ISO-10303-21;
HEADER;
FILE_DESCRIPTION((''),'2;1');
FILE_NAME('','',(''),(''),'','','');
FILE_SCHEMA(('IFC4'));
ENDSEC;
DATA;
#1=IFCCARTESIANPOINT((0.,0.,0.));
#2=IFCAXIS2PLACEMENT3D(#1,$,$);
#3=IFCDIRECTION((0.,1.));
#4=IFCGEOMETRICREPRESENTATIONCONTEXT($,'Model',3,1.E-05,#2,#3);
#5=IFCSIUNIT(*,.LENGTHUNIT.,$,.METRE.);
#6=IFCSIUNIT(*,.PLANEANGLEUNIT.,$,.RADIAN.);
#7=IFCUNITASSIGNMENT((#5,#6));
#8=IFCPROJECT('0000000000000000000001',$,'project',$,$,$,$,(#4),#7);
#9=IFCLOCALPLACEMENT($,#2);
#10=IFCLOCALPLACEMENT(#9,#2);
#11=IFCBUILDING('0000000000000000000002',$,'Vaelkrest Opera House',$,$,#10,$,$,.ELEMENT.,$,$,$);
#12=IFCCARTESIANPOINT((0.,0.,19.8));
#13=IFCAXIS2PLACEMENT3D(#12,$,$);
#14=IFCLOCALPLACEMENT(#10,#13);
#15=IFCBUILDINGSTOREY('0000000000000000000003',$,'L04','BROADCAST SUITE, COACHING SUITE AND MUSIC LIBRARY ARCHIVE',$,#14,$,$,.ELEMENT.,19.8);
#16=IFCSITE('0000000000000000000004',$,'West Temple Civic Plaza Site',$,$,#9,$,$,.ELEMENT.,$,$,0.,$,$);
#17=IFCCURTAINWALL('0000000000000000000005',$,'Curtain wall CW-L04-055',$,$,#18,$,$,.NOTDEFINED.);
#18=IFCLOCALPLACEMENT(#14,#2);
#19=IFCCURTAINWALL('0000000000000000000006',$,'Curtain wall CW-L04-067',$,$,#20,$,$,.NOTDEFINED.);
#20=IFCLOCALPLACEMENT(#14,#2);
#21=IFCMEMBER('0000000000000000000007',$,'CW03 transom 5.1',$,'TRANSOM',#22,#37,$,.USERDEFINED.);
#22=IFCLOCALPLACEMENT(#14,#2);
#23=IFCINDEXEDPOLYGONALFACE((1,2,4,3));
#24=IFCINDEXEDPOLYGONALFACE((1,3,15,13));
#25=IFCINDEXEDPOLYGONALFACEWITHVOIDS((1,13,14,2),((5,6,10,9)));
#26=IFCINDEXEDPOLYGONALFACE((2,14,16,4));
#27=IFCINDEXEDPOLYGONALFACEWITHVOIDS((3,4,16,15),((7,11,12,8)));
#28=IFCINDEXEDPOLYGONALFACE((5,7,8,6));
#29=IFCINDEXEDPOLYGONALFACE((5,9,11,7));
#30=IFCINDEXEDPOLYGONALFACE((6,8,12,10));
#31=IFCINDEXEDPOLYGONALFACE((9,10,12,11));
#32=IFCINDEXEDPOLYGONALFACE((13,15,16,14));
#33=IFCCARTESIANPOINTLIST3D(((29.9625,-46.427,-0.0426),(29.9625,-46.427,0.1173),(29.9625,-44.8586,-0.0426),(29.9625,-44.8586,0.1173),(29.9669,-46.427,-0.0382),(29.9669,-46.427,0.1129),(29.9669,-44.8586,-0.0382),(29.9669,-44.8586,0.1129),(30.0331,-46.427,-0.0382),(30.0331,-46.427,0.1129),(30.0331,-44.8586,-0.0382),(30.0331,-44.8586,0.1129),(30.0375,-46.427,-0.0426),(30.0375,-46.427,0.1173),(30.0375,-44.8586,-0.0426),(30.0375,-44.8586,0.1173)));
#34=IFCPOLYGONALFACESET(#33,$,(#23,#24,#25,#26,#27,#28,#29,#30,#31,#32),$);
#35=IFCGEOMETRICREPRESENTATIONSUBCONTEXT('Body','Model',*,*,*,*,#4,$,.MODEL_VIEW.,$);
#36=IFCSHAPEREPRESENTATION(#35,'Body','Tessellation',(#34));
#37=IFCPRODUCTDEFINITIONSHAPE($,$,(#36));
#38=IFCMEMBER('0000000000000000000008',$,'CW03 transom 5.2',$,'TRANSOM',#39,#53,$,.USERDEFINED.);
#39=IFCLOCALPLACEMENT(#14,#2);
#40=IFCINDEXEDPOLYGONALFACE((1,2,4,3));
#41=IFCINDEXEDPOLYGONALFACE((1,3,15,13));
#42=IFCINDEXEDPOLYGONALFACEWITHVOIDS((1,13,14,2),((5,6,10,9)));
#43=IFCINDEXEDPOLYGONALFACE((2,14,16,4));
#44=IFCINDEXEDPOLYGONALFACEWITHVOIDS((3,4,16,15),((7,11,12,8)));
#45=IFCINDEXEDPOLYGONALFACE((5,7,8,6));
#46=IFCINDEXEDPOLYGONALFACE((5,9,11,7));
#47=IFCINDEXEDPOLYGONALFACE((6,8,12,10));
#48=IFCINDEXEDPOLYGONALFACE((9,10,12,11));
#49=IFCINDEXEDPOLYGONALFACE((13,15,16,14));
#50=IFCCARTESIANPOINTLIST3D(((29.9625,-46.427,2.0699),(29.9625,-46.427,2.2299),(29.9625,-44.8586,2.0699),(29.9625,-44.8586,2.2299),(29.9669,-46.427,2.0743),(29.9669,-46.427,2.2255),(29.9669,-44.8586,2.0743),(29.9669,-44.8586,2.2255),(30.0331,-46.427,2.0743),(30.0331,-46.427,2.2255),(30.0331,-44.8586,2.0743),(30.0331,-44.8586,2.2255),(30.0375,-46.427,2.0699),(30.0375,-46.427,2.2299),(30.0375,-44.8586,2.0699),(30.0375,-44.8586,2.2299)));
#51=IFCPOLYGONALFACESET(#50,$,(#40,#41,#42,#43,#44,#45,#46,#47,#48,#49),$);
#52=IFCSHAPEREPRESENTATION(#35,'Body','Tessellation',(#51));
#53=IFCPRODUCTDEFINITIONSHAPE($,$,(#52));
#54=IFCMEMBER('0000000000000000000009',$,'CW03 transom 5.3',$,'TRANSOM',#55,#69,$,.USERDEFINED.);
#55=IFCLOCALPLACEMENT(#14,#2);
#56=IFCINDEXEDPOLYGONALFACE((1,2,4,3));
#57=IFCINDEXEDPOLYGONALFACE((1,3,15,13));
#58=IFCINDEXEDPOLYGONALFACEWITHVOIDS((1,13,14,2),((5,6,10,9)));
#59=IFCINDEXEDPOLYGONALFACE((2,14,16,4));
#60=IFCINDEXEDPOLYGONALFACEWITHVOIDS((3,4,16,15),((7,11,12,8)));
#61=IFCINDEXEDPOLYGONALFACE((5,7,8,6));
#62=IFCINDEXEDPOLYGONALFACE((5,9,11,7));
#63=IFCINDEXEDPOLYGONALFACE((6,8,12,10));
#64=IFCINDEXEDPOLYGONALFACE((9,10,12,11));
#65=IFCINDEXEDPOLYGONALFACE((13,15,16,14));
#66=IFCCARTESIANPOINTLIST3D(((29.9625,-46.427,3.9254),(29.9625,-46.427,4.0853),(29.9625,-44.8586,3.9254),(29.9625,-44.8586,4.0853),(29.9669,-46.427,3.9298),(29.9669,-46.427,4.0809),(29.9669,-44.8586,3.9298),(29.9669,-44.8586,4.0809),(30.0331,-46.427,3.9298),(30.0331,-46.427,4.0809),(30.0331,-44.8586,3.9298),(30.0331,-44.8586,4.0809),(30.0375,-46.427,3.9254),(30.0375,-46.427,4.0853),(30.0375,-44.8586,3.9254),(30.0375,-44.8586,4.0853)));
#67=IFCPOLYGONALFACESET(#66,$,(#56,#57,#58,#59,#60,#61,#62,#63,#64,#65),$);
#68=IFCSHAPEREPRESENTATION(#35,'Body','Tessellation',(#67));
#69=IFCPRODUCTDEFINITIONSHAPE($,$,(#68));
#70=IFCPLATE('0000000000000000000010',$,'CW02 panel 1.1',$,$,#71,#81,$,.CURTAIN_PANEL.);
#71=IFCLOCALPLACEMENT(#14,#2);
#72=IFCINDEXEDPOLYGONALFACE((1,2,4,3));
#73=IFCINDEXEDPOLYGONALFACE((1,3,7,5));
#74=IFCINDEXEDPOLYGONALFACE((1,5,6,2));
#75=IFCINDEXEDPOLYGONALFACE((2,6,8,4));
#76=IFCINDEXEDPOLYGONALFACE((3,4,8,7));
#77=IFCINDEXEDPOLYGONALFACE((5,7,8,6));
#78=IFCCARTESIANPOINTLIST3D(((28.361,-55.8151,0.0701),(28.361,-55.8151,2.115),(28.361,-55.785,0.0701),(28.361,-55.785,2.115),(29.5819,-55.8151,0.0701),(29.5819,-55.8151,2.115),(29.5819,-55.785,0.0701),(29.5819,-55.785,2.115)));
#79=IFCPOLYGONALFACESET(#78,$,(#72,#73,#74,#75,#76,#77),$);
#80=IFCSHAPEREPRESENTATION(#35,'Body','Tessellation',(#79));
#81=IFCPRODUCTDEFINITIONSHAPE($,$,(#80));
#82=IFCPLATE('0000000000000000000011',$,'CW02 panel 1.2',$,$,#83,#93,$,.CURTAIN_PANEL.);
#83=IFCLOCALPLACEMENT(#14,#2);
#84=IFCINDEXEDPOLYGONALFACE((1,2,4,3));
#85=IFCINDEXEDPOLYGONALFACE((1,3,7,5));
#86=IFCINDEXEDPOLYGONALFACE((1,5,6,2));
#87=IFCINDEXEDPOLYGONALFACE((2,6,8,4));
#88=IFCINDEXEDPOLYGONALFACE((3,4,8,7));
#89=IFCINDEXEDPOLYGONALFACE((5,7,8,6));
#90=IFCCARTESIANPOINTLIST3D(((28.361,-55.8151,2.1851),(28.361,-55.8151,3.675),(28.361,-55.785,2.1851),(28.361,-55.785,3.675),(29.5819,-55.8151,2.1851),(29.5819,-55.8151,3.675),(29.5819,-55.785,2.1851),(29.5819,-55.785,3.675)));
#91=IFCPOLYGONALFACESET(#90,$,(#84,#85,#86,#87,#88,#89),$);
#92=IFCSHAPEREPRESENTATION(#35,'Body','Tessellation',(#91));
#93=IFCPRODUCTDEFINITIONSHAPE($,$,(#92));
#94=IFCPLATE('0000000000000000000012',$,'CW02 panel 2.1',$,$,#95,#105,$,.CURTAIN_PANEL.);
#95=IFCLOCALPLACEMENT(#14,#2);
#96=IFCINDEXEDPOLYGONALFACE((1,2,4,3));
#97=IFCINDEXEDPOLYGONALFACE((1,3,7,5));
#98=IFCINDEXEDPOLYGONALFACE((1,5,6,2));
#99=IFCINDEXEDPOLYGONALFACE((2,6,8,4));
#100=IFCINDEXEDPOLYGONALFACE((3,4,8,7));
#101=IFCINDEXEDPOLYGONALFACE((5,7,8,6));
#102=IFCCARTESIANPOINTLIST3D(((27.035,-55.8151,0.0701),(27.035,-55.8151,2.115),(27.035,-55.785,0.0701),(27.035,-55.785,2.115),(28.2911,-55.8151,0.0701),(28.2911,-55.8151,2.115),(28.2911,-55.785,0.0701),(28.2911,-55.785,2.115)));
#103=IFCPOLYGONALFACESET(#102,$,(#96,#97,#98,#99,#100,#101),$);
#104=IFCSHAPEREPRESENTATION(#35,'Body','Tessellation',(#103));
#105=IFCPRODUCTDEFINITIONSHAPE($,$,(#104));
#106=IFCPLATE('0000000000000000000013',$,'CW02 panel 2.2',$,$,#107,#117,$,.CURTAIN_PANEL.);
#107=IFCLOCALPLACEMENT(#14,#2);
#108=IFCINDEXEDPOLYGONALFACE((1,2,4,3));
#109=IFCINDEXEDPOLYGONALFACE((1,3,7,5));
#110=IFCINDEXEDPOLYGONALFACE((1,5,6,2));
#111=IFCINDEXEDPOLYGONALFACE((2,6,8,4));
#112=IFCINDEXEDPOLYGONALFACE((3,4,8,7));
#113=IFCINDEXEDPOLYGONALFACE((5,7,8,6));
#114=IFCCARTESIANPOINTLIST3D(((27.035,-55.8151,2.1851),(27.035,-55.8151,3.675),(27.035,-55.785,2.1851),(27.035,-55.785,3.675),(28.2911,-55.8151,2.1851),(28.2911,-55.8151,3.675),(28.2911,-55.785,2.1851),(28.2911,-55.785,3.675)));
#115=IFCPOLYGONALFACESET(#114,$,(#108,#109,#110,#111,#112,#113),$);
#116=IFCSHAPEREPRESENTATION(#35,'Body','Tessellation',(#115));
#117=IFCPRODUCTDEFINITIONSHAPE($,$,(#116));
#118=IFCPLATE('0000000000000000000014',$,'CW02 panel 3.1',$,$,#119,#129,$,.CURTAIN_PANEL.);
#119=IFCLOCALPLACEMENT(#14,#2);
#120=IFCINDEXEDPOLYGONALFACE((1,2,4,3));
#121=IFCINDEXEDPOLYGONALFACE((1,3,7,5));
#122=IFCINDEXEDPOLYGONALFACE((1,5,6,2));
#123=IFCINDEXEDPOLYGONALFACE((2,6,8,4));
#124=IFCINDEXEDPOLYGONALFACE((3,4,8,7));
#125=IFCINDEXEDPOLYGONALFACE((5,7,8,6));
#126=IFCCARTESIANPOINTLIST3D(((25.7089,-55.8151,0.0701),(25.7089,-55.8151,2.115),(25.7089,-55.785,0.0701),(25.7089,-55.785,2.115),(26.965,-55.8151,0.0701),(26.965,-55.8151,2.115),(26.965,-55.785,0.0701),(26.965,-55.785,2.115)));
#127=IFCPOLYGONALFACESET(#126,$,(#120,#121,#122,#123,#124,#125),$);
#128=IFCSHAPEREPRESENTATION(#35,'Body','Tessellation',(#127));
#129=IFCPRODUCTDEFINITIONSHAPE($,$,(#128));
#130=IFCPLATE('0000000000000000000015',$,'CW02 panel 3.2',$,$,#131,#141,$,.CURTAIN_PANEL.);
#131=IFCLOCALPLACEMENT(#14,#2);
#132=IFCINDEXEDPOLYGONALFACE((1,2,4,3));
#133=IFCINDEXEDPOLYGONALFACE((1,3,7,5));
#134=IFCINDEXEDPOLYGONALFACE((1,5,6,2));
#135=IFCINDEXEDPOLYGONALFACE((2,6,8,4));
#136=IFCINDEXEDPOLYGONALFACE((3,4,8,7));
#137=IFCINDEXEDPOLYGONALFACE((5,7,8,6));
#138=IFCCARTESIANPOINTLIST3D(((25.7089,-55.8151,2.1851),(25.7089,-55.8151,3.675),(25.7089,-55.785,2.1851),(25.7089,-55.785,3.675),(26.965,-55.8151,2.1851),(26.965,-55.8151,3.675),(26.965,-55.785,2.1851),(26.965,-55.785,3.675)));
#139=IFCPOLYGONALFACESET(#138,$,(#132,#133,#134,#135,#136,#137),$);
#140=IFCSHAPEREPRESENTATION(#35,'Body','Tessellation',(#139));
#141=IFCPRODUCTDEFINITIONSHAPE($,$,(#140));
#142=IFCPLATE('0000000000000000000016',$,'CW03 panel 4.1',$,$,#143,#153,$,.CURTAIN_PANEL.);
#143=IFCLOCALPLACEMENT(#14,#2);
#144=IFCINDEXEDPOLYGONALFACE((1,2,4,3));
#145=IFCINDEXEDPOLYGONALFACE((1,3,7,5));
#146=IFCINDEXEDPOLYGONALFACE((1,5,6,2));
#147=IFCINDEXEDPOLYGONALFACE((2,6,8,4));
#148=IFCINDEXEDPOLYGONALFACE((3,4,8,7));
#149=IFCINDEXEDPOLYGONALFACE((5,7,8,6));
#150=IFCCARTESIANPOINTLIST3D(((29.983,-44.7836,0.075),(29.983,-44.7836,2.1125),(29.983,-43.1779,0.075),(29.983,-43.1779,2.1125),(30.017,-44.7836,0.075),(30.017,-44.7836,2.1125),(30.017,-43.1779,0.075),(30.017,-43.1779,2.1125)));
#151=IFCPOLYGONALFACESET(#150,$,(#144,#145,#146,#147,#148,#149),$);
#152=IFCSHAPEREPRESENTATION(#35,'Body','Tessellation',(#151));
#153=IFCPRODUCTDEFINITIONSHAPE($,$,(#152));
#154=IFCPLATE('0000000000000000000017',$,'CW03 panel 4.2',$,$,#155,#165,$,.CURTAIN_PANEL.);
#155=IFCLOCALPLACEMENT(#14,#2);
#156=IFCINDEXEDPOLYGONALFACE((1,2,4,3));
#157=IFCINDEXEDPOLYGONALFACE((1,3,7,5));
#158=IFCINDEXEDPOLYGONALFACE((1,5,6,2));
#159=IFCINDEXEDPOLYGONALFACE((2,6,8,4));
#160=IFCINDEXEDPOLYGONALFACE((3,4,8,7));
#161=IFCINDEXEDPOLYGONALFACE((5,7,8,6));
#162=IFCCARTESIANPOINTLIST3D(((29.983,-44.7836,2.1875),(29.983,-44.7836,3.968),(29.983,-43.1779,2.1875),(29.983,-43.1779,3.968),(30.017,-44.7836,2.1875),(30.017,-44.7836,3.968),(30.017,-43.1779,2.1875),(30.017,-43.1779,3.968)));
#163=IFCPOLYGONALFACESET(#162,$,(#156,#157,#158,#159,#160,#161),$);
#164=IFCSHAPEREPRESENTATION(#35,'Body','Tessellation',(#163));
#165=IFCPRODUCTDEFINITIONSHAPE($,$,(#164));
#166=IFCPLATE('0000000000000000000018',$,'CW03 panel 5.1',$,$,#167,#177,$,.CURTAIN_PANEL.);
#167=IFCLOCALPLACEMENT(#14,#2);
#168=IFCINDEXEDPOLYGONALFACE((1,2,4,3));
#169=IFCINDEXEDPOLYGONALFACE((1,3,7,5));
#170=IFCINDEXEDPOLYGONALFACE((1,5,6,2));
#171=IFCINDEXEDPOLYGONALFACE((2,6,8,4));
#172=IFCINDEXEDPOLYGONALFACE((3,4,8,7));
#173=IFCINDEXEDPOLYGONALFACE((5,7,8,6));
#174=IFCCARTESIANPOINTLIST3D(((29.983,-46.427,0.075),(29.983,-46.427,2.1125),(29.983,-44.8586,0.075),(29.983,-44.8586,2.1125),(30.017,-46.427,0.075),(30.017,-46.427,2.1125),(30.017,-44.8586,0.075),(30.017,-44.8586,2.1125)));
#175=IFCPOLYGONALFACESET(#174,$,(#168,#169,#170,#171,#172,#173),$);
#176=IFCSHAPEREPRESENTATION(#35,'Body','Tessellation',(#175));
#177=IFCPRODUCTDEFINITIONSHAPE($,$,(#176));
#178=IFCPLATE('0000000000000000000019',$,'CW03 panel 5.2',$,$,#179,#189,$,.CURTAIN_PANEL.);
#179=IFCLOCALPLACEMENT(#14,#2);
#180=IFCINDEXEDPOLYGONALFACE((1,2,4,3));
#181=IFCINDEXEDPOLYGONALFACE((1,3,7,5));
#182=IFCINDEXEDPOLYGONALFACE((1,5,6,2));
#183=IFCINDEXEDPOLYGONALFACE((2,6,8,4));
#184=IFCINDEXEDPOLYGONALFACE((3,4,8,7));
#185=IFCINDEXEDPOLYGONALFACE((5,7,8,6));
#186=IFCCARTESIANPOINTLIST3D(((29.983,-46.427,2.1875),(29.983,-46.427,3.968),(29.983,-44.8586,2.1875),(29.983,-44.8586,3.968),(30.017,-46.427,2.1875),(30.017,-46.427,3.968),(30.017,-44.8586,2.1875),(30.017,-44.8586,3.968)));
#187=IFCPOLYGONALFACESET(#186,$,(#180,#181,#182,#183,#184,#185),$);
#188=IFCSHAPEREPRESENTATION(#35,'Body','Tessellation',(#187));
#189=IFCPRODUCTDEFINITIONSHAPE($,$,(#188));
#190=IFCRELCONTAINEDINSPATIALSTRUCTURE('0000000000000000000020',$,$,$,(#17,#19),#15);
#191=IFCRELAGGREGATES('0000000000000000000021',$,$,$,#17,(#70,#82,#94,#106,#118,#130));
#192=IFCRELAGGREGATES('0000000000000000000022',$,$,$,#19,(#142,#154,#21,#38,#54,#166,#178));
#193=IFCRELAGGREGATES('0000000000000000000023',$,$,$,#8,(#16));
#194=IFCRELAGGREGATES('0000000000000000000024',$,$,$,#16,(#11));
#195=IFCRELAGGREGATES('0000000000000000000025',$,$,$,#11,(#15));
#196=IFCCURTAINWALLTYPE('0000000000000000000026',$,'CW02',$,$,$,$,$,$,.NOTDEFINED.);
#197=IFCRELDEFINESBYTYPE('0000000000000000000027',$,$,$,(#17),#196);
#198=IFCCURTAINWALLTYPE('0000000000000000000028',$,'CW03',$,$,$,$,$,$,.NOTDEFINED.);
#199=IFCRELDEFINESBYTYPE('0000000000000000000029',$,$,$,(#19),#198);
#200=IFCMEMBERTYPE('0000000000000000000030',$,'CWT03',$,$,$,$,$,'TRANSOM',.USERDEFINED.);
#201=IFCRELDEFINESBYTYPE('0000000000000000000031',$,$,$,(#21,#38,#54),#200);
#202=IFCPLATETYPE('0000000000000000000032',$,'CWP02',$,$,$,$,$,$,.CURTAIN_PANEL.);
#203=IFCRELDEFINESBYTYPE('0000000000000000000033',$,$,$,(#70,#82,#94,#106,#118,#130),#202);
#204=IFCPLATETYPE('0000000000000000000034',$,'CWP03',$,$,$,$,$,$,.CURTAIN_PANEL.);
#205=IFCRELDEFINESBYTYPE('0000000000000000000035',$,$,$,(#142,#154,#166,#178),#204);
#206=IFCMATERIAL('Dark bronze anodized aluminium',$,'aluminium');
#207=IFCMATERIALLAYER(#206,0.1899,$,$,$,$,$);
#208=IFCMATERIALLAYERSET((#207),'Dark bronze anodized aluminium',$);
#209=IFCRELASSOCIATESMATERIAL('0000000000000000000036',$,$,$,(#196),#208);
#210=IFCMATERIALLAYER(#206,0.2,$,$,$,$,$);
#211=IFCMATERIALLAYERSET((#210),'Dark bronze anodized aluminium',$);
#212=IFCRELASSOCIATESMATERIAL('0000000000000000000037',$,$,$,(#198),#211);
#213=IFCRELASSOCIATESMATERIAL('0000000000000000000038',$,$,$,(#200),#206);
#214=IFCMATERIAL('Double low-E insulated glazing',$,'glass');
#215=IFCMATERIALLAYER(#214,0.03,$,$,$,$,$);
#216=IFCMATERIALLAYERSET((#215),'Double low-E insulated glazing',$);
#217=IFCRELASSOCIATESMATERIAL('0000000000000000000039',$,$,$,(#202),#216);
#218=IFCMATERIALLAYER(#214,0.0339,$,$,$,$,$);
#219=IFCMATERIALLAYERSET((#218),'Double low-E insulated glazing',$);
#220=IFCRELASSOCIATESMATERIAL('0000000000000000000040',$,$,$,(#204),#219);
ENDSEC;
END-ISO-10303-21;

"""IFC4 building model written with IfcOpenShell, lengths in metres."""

from ifc_helpers import new_model, si_unit, direction, frame, origin, origin_2d, place, context, subcontext, project, spatial, rectangle, hollow_rectangle, extrude, material, layer, layer_set, material_profile, profile_set, type_object, element, aggregate, save


model = new_model("IFC4")

# Units and contexts
model_context = context("Model", 3, precision=1e-05, world=origin(), true_north=direction((0.0, 1.0)))
body_context = subcontext(model_context, "Body", "Model", "MODEL_VIEW")
ifc_project = project(units=[si_unit("LENGTHUNIT", "METRE"), si_unit("PLANEANGLEUNIT", "RADIAN")], contexts=[model_context])

# Site, building, storey
site_placement = place(None, origin())
site = spatial("IfcSite", under=ifc_project, at=site_placement, Name="West Temple Civic Plaza Site", CompositionType="ELEMENT", RefElevation=0.0)
building_placement = place(site_placement, origin())
building = spatial("IfcBuilding", under=site, at=building_placement, Name="Vaelkrest Opera House", CompositionType="ELEMENT")
storey_placement = place(building_placement, frame((0.0, 0.0, 19.8)))
storey = spatial("IfcBuildingStorey", under=building, at=storey_placement, Name="L04", Description="BROADCAST SUITE, COACHING SUITE AND MUSIC LIBRARY ARCHIVE", CompositionType="ELEMENT", Elevation=19.8)

# Curtain walls
ifc_material_1 = material(Name="Dark bronze anodized aluminium", Category="aluminium")
ifc_layer_1 = layer(ifc_material_1, 0.1899)
ifc_layer_set_1 = layer_set([ifc_layer_1], Name="Dark bronze anodized aluminium")
curtain_wall_type_1 = type_object("IfcCurtainWallType", Name="CW02", PredefinedType="NOTDEFINED", material=ifc_layer_set_1)
curtain_wall_1_placement = place(storey_placement, origin())
curtain_wall_1 = element("IfcCurtainWall", 1, at=curtain_wall_1_placement, inside=storey, type_object=curtain_wall_type_1, Name="Curtain wall CW-L04-055", PredefinedType="NOTDEFINED")
ifc_layer_2 = layer(ifc_material_1, 0.2)
ifc_layer_set_2 = layer_set([ifc_layer_2], Name="Dark bronze anodized aluminium")
curtain_wall_type_2 = type_object("IfcCurtainWallType", Name="CW03", PredefinedType="NOTDEFINED", material=ifc_layer_set_2)
curtain_wall_2_placement = place(storey_placement, origin())
curtain_wall_2 = element("IfcCurtainWall", 2, at=curtain_wall_2_placement, inside=storey, type_object=curtain_wall_type_2, Name="Curtain wall CW-L04-067", PredefinedType="NOTDEFINED")

# Members
ifc_material_profile_1 = material_profile(ifc_material_1, hollow_rectangle(XDim=0.075, YDim=0.1599, WallThickness=0.0044, at=origin_2d()), Name="CWT75X160")
ifc_profile_set_1 = profile_set([ifc_material_profile_1], Name="Dark bronze anodized aluminium")
member_type_1 = type_object("IfcMemberType", Name="CWT03", ElementType="TRANSOM", PredefinedType="USERDEFINED", material=ifc_profile_set_1)
member_1_placement = place(storey_placement, frame((30.0, -44.8586, 0.0374), z_axis=(0.0, -1.0, 0.0), x_axis=(1.0, 0.0, 0.0)))
member_1 = element("IfcMember", 3, at=member_1_placement, type_object=member_type_1, Name="CW03 transom 5.1", ObjectType="TRANSOM", PredefinedType="USERDEFINED", context=body_context, shape_type="SweptSolid", body=[
    extrude(hollow_rectangle(XDim=0.075, YDim=0.1599, WallThickness=0.0044, at=origin_2d()), origin(), (0.0, 0.0, 1.0), 1.5684),
])
member_2_placement = place(storey_placement, frame((30.0, -44.8586, 2.1499), z_axis=(0.0, -1.0, 0.0), x_axis=(1.0, 0.0, 0.0)))
member_2 = element("IfcMember", 4, at=member_2_placement, type_object=member_type_1, Name="CW03 transom 5.2", ObjectType="TRANSOM", PredefinedType="USERDEFINED", context=body_context, shape_type="SweptSolid", body=[
    extrude(hollow_rectangle(XDim=0.075, YDim=0.1599, WallThickness=0.0044, at=origin_2d()), origin(), (0.0, 0.0, 1.0), 1.5684),
])
member_3_placement = place(storey_placement, frame((30.0, -44.8586, 4.0054), z_axis=(0.0, -1.0, 0.0), x_axis=(1.0, 0.0, 0.0)))
member_3 = element("IfcMember", 5, at=member_3_placement, type_object=member_type_1, Name="CW03 transom 5.3", ObjectType="TRANSOM", PredefinedType="USERDEFINED", context=body_context, shape_type="SweptSolid", body=[
    extrude(hollow_rectangle(XDim=0.075, YDim=0.1599, WallThickness=0.0044, at=origin_2d()), origin(), (0.0, 0.0, 1.0), 1.5684),
])

# Plates
ifc_material_2 = material(Name="Double low-E insulated glazing", Category="glass")
ifc_layer_3 = layer(ifc_material_2, 0.03)
ifc_layer_set_3 = layer_set([ifc_layer_3], Name="Double low-E insulated glazing")
plate_type_1 = type_object("IfcPlateType", Name="CWP02", PredefinedType="CURTAIN_PANEL", material=ifc_layer_set_3)
plate_1_placement = place(storey_placement, frame((28.9714, -55.8, 0.0701), z_axis=(0.0, 0.0, 1.0), x_axis=(-1.0, 0.0, 0.0)))
plate_1 = element("IfcPlate", 6, at=plate_1_placement, type_object=plate_type_1, Name="CW02 panel 1.1", PredefinedType="CURTAIN_PANEL", context=body_context, shape_type="SweptSolid", body=[
    extrude(rectangle(XDim=1.2209, YDim=0.03, at=origin_2d()), origin(), (0.0, 0.0, 1.0), 2.0449),
])
plate_2_placement = place(storey_placement, frame((28.9714, -55.8, 2.1851), z_axis=(0.0, 0.0, 1.0), x_axis=(-1.0, 0.0, 0.0)))
plate_2 = element("IfcPlate", 7, at=plate_2_placement, type_object=plate_type_1, Name="CW02 panel 1.2", PredefinedType="CURTAIN_PANEL", context=body_context, shape_type="SweptSolid", body=[
    extrude(rectangle(XDim=1.2209, YDim=0.03, at=origin_2d()), origin(), (0.0, 0.0, 1.0), 1.49),
])
plate_3_placement = place(storey_placement, frame((27.6631, -55.8, 0.0701), z_axis=(0.0, 0.0, 1.0), x_axis=(-1.0, 0.0, 0.0)))
plate_3 = element("IfcPlate", 8, at=plate_3_placement, type_object=plate_type_1, Name="CW02 panel 2.1", PredefinedType="CURTAIN_PANEL", context=body_context, shape_type="SweptSolid", body=[
    extrude(rectangle(XDim=1.2561, YDim=0.03, at=origin_2d()), origin(), (0.0, 0.0, 1.0), 2.0449),
])
plate_4_placement = place(storey_placement, frame((27.6631, -55.8, 2.1851), z_axis=(0.0, 0.0, 1.0), x_axis=(-1.0, 0.0, 0.0)))
plate_4 = element("IfcPlate", 9, at=plate_4_placement, type_object=plate_type_1, Name="CW02 panel 2.2", PredefinedType="CURTAIN_PANEL", context=body_context, shape_type="SweptSolid", body=[
    extrude(rectangle(XDim=1.2561, YDim=0.03, at=origin_2d()), origin(), (0.0, 0.0, 1.0), 1.49),
])
plate_5_placement = place(storey_placement, frame((26.3369, -55.8, 0.0701), z_axis=(0.0, 0.0, 1.0), x_axis=(-1.0, 0.0, 0.0)))
plate_5 = element("IfcPlate", 10, at=plate_5_placement, type_object=plate_type_1, Name="CW02 panel 3.1", PredefinedType="CURTAIN_PANEL", context=body_context, shape_type="SweptSolid", body=[
    extrude(rectangle(XDim=1.2561, YDim=0.03, at=origin_2d()), origin(), (0.0, 0.0, 1.0), 2.0449),
])
plate_6_placement = place(storey_placement, frame((26.3369, -55.8, 2.1851), z_axis=(0.0, 0.0, 1.0), x_axis=(-1.0, 0.0, 0.0)))
plate_6 = element("IfcPlate", 11, at=plate_6_placement, type_object=plate_type_1, Name="CW02 panel 3.2", PredefinedType="CURTAIN_PANEL", context=body_context, shape_type="SweptSolid", body=[
    extrude(rectangle(XDim=1.2561, YDim=0.03, at=origin_2d()), origin(), (0.0, 0.0, 1.0), 1.49),
])
aggregate(curtain_wall_1, [plate_1, plate_2, plate_3, plate_4, plate_5, plate_6])
ifc_layer_4 = layer(ifc_material_2, 0.0339)
ifc_layer_set_4 = layer_set([ifc_layer_4], Name="Double low-E insulated glazing")
plate_type_2 = type_object("IfcPlateType", Name="CWP03", PredefinedType="CURTAIN_PANEL", material=ifc_layer_set_4)
plate_7_placement = place(storey_placement, frame((30.0, -43.9807, 0.075), z_axis=(0.0, 0.0, 1.0), x_axis=(0.0, -1.0, 0.0)))
plate_7 = element("IfcPlate", 12, at=plate_7_placement, type_object=plate_type_2, Name="CW03 panel 4.1", PredefinedType="CURTAIN_PANEL", context=body_context, shape_type="SweptSolid", body=[
    extrude(rectangle(XDim=1.6057, YDim=0.0339, at=origin_2d()), origin(), (0.0, 0.0, 1.0), 2.0376),
])
plate_8_placement = place(storey_placement, frame((30.0, -43.9807, 2.1875), z_axis=(0.0, 0.0, 1.0), x_axis=(0.0, -1.0, 0.0)))
plate_8 = element("IfcPlate", 13, at=plate_8_placement, type_object=plate_type_2, Name="CW03 panel 4.2", PredefinedType="CURTAIN_PANEL", context=body_context, shape_type="SweptSolid", body=[
    extrude(rectangle(XDim=1.6057, YDim=0.0339, at=origin_2d()), origin(), (0.0, 0.0, 1.0), 1.7805),
])
plate_9_placement = place(storey_placement, frame((30.0, -45.6428, 0.075), z_axis=(0.0, 0.0, 1.0), x_axis=(0.0, -1.0, 0.0)))
plate_9 = element("IfcPlate", 14, at=plate_9_placement, type_object=plate_type_2, Name="CW03 panel 5.1", PredefinedType="CURTAIN_PANEL", context=body_context, shape_type="SweptSolid", body=[
    extrude(rectangle(XDim=1.5684, YDim=0.0339, at=origin_2d()), origin(), (0.0, 0.0, 1.0), 2.0376),
])
plate_10_placement = place(storey_placement, frame((30.0, -45.6428, 2.1875), z_axis=(0.0, 0.0, 1.0), x_axis=(0.0, -1.0, 0.0)))
plate_10 = element("IfcPlate", 15, at=plate_10_placement, type_object=plate_type_2, Name="CW03 panel 5.2", PredefinedType="CURTAIN_PANEL", context=body_context, shape_type="SweptSolid", body=[
    extrude(rectangle(XDim=1.5684, YDim=0.0339, at=origin_2d()), origin(), (0.0, 0.0, 1.0), 1.7805),
])
aggregate(curtain_wall_2, [plate_7, plate_8, member_1, member_2, member_3, plate_9, plate_10])

save(model, "model.ifc")
